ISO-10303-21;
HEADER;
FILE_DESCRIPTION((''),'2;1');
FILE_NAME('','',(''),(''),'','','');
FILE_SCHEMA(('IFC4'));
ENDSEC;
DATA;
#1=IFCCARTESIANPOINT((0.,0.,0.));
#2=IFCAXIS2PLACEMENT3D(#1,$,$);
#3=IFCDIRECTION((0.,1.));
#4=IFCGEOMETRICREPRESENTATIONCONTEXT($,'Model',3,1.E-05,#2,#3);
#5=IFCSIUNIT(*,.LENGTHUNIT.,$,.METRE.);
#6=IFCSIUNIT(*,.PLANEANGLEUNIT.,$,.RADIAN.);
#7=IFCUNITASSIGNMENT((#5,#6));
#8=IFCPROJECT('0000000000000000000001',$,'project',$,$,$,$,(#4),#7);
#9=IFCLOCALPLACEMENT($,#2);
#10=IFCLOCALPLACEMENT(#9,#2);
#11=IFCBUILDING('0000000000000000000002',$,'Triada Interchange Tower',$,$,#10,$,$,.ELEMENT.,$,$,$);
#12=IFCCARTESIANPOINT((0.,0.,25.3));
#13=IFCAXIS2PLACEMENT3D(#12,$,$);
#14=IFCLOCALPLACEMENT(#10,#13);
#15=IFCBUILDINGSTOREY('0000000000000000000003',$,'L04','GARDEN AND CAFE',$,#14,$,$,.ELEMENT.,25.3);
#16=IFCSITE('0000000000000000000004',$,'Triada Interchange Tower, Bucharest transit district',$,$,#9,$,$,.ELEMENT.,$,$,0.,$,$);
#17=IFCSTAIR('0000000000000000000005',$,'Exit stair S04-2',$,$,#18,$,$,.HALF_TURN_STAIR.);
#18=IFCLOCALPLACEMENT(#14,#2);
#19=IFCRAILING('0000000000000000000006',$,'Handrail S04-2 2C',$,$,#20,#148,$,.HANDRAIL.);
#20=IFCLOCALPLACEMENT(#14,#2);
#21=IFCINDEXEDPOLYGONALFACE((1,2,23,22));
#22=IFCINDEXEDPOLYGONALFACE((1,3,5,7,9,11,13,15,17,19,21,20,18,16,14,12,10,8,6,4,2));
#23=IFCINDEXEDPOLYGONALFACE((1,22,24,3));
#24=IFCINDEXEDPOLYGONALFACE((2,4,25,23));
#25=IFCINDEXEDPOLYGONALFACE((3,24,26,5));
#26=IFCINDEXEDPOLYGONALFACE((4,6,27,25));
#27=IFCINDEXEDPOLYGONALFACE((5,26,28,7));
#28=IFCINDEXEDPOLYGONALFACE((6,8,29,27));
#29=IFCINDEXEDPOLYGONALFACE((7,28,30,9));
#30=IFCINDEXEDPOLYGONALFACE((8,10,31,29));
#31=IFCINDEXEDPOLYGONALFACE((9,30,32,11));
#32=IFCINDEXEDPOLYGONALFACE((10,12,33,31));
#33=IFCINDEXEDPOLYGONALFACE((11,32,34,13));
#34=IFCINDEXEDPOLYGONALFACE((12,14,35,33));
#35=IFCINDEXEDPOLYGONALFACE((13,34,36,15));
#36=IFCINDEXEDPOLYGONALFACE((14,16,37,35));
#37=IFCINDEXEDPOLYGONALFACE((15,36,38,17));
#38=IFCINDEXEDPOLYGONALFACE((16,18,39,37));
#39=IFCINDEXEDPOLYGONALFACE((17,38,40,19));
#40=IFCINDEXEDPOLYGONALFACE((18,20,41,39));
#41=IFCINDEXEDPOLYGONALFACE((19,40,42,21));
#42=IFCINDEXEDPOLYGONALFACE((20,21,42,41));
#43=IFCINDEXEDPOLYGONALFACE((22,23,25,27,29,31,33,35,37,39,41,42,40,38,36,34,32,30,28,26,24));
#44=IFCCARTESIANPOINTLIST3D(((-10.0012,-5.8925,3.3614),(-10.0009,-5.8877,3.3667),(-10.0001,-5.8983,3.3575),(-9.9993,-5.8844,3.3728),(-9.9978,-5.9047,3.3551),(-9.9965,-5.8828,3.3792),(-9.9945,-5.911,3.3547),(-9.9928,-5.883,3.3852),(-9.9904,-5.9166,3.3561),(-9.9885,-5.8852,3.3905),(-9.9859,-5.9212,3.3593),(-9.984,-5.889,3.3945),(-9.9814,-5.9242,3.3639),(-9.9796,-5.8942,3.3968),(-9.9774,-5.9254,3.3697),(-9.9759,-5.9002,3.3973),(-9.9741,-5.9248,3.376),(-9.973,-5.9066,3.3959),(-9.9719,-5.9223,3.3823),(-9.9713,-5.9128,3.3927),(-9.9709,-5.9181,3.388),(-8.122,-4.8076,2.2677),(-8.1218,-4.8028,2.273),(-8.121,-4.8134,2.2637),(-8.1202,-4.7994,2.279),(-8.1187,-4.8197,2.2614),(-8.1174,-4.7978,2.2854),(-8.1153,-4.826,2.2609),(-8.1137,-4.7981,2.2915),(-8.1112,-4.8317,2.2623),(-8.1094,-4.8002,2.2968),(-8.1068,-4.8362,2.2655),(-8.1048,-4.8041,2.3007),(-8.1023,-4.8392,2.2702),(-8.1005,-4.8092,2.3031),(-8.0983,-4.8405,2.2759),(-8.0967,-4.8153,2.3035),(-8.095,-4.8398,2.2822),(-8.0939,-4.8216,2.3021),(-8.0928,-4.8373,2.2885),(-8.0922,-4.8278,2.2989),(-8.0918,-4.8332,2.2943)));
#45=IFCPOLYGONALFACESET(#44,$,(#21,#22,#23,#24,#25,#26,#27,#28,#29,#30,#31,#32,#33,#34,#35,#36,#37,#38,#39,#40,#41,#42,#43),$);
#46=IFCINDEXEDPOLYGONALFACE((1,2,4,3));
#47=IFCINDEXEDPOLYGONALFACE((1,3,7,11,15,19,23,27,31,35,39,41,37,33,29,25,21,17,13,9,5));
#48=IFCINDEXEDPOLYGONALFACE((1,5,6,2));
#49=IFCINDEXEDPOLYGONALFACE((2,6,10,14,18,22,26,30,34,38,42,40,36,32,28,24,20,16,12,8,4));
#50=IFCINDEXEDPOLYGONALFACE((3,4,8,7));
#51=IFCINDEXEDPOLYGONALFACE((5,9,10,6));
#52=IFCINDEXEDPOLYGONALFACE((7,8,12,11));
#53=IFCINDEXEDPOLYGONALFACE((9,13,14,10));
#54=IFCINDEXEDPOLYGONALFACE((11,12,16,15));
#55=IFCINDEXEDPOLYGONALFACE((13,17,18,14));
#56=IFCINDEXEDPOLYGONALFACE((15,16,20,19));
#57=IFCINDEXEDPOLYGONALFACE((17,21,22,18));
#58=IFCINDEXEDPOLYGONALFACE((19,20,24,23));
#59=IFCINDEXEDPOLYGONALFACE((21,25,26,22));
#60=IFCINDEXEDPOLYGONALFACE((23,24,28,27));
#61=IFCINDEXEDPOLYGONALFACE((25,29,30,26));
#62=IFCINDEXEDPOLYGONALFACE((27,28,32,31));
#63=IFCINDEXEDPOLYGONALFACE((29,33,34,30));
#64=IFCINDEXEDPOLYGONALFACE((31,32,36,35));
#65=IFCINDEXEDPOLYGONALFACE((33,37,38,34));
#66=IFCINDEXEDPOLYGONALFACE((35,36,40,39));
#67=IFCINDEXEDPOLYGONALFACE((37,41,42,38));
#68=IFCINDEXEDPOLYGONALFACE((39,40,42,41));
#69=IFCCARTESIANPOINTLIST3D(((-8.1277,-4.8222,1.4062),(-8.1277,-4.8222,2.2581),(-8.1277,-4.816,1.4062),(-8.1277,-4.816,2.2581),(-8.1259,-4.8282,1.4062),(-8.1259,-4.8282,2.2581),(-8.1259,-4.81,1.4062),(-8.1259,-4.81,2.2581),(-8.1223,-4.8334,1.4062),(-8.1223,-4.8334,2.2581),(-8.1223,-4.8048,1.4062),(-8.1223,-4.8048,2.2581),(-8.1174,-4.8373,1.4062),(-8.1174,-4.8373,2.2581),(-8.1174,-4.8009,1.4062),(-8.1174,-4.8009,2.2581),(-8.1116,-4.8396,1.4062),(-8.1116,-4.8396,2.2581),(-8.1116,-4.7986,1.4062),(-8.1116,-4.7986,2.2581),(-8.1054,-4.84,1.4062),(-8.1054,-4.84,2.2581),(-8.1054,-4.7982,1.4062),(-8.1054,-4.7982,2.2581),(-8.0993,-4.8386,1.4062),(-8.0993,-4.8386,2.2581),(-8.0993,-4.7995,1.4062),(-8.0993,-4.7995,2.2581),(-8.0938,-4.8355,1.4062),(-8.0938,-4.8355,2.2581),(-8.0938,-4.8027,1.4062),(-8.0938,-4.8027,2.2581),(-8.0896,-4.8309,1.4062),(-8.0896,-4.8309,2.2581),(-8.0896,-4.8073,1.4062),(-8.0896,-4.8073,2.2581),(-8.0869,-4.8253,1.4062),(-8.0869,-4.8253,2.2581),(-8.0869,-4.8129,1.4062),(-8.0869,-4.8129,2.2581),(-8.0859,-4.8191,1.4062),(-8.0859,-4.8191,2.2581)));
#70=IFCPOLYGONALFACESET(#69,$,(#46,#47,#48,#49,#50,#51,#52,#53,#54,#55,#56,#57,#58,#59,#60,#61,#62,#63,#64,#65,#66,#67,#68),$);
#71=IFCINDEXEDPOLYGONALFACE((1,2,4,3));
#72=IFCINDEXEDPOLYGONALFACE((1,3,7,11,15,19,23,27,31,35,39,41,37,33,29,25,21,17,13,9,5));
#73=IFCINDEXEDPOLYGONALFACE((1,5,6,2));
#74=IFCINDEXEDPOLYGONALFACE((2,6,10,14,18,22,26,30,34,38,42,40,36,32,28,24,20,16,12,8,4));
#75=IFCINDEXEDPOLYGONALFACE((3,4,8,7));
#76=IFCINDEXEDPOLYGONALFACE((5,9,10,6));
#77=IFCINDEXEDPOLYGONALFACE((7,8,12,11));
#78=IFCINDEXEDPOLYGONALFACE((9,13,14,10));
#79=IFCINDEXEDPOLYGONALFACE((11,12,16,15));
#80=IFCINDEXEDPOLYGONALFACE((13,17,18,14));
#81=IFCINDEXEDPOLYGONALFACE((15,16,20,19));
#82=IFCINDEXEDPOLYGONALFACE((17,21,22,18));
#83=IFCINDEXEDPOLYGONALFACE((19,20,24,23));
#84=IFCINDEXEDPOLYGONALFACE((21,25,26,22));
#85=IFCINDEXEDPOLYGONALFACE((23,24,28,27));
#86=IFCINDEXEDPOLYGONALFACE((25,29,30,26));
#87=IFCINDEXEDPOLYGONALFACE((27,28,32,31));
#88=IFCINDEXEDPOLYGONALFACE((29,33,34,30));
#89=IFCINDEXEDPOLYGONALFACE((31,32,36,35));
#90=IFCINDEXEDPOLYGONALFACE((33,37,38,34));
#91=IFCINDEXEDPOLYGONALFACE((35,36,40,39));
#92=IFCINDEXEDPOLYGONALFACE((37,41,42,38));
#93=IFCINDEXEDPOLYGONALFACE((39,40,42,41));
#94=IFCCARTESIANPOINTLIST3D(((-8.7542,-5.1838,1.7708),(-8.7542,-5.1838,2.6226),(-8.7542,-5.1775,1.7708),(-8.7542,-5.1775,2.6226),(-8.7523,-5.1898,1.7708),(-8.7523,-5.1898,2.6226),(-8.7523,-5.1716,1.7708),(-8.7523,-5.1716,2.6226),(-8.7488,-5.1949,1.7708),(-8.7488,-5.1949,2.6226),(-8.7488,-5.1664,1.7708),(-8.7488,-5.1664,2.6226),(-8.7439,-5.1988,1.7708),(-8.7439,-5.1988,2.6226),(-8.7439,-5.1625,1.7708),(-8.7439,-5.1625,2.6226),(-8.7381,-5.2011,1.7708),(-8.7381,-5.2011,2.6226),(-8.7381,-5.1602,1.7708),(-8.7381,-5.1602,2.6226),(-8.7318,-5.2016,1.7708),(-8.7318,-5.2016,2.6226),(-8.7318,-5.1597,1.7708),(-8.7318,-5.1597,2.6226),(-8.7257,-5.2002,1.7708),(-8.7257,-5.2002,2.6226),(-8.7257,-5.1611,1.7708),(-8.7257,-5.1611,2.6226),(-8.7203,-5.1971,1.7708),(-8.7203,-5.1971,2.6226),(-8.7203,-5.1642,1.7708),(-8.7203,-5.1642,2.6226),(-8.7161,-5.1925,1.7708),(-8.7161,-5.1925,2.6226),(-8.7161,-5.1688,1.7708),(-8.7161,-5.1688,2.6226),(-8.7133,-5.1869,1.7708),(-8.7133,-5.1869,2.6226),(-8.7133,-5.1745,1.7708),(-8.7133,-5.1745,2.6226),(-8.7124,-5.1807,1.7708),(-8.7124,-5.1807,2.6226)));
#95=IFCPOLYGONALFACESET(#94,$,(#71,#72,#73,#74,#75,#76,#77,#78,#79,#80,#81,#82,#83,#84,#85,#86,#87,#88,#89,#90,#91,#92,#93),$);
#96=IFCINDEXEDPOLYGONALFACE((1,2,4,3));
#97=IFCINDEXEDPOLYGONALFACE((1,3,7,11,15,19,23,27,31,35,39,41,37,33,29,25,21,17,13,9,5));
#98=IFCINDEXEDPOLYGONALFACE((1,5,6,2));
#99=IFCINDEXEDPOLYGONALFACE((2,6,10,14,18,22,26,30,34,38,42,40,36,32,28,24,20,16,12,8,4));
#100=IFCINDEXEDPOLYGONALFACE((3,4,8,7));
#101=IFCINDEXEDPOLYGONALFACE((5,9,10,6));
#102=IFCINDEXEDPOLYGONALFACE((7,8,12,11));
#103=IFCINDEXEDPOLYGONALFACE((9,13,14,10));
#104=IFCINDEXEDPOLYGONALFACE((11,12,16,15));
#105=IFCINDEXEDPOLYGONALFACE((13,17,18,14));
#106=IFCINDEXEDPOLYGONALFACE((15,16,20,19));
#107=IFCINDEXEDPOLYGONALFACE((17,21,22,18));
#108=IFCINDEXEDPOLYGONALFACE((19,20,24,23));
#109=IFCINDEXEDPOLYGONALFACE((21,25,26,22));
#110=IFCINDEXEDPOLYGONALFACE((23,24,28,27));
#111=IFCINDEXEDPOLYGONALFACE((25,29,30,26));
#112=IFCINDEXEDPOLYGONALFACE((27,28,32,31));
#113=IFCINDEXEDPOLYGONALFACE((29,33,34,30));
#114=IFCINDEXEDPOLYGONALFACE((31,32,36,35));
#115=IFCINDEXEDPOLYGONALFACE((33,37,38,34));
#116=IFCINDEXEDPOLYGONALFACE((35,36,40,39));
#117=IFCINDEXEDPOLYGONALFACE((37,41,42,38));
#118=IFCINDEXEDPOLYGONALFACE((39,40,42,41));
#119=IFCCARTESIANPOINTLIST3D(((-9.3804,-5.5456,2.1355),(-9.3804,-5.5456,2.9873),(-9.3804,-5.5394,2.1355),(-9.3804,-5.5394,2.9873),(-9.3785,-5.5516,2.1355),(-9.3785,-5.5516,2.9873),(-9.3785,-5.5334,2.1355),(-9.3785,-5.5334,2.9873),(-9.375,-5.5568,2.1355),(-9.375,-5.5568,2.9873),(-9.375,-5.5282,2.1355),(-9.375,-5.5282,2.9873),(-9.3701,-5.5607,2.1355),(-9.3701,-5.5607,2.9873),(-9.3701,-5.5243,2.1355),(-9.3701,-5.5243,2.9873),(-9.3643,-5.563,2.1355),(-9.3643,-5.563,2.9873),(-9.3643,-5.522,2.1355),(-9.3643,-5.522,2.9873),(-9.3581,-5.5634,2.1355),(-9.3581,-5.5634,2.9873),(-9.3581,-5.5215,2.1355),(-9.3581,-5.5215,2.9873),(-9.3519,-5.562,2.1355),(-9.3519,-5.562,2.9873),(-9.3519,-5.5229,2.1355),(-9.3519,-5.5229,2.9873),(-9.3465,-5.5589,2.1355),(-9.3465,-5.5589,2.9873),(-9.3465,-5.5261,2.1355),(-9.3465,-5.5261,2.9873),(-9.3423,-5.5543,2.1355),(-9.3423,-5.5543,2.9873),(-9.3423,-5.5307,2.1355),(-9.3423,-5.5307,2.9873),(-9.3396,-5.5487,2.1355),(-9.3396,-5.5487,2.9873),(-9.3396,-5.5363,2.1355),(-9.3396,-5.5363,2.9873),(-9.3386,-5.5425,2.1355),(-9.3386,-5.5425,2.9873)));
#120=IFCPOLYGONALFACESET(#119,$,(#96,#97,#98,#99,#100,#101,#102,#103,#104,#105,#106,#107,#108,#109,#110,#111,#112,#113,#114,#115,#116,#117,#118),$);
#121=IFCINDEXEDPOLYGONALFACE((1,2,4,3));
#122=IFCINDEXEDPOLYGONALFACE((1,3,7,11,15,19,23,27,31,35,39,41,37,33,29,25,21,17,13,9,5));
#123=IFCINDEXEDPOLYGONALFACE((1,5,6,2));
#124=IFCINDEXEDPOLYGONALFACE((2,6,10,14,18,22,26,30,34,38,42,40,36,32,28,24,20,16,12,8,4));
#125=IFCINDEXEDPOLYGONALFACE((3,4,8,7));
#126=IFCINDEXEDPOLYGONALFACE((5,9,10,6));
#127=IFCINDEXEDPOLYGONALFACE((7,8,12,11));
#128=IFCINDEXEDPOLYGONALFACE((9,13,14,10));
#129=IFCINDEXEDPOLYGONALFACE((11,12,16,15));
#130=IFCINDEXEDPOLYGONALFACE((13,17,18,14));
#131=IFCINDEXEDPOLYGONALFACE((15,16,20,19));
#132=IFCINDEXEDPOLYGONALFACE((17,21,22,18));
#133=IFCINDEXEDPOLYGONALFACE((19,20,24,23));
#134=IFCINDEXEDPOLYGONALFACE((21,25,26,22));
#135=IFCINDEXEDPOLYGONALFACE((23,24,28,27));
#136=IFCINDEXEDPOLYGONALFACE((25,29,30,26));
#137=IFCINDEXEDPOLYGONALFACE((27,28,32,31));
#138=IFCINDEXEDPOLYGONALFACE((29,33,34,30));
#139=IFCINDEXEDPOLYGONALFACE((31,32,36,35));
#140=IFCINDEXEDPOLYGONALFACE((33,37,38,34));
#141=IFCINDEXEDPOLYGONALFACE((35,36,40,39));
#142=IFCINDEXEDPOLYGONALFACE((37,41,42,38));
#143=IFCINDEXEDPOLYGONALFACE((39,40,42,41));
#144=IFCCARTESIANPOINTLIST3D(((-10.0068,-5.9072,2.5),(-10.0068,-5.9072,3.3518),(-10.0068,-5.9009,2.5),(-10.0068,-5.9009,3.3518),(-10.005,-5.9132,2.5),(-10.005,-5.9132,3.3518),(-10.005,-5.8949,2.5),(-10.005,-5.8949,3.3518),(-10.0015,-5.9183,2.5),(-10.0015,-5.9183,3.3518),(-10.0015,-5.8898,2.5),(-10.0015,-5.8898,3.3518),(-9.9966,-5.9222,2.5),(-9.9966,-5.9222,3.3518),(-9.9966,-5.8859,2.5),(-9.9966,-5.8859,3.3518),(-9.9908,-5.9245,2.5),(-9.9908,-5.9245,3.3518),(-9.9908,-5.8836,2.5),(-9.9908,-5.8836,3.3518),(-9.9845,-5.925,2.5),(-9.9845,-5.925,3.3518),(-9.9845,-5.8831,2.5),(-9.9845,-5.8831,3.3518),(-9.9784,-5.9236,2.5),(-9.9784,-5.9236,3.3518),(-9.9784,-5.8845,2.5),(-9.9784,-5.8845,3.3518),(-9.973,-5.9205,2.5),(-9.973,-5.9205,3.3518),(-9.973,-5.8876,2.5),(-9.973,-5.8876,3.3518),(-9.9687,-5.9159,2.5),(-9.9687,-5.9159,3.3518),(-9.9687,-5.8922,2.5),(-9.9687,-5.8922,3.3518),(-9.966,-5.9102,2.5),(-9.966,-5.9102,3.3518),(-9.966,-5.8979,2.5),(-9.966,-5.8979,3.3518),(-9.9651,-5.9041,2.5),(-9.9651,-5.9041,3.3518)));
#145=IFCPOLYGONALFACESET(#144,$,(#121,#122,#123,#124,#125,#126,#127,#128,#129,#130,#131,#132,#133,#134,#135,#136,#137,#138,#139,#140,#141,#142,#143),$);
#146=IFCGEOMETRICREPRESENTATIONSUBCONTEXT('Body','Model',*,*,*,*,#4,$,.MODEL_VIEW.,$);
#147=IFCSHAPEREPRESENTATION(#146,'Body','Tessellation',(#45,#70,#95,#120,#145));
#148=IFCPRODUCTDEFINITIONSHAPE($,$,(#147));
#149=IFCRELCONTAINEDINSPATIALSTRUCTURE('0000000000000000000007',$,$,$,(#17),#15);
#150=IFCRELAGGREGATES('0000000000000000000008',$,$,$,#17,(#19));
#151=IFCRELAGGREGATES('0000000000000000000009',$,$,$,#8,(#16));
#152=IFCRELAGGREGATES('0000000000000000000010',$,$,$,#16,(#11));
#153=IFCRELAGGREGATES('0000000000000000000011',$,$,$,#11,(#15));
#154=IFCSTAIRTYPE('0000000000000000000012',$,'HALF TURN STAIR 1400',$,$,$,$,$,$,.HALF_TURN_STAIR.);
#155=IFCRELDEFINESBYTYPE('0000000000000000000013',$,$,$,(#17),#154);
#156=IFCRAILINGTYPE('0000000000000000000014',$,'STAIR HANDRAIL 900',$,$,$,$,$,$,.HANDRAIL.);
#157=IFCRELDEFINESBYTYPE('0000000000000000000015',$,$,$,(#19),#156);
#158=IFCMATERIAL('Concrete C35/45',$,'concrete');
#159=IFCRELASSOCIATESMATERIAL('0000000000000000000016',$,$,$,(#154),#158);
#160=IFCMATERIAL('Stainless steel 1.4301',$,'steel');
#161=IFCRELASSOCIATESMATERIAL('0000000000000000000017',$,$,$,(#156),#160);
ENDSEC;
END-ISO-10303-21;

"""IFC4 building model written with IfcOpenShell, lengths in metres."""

from ifc_helpers import new_model, si_unit, direction, frame, origin, origin_2d, place, context, subcontext, project, spatial, circle, extrude, material, type_object, element, aggregate, save


model = new_model("IFC4")

# Units and contexts
model_context = context("Model", 3, precision=1e-05, world=origin(), true_north=direction((0.0, 1.0)))
body_context = subcontext(model_context, "Body", "Model", "MODEL_VIEW")
ifc_project = project(units=[si_unit("LENGTHUNIT", "METRE"), si_unit("PLANEANGLEUNIT", "RADIAN")], contexts=[model_context])

# Site, building, storey
site_placement = place(None, origin())
site = spatial("IfcSite", under=ifc_project, at=site_placement, Name="Triada Interchange Tower, Bucharest transit district", CompositionType="ELEMENT", RefElevation=0.0)
building_placement = place(site_placement, origin())
building = spatial("IfcBuilding", under=site, at=building_placement, Name="Triada Interchange Tower", CompositionType="ELEMENT")
storey_placement = place(building_placement, frame((0.0, 0.0, 25.3)))
storey = spatial("IfcBuildingStorey", under=building, at=storey_placement, Name="L04", Description="GARDEN AND CAFE", CompositionType="ELEMENT", Elevation=25.3)

# Shared definitions
ifc_material_1 = material(Name="Concrete C35/45", Category="concrete")

# Stair, railing
stair_type = type_object("IfcStairType", Name="HALF TURN STAIR 1400", PredefinedType="HALF_TURN_STAIR", material=ifc_material_1)
stair_placement = place(storey_placement, origin())
stair = element("IfcStair", 1, at=stair_placement, inside=storey, type_object=stair_type, Name="Exit stair S04-2", PredefinedType="HALF_TURN_STAIR")
ifc_material_2 = material(Name="Stainless steel 1.4301", Category="steel")
railing_type = type_object("IfcRailingType", Name="STAIR HANDRAIL 900", PredefinedType="HANDRAIL", material=ifc_material_2)
railing_1_placement = place(storey_placement, frame((-8.1069, -4.8191, 1.4062)))
railing_1 = element("IfcRailing", 2, at=railing_1_placement, type_object=railing_type, Name="Handrail S04-2 2C", PredefinedType="HANDRAIL", context=body_context, shape_type="SweptSolid", body=[
    extrude(circle(Radius=0.0239, at=origin_2d()), frame((0.0, 0.0, 0.876), z_axis=(-0.77333, -0.446496, 0.450113), x_axis=(0.500011, -0.866019, 0.0)), (0.0, 0.0, 1.0), 2.4299),
    extrude(circle(Radius=0.021, at=origin_2d()), origin(), (0.0, 0.0, 1.0), 0.8518),
    extrude(circle(Radius=0.021, at=origin_2d()), frame((-0.6265, -0.3616, 0.3645)), (0.0, 0.0, 1.0), 0.8518),
    extrude(circle(Radius=0.021, at=origin_2d()), frame((-1.2527, -0.7234, 0.7292)), (0.0, 0.0, 1.0), 0.8518),
    extrude(circle(Radius=0.021, at=origin_2d()), frame((-1.8792, -1.085, 1.0938)), (0.0, 0.0, 1.0), 0.8518),
])
aggregate(stair, [railing_1])

save(model, "model.ifc")
